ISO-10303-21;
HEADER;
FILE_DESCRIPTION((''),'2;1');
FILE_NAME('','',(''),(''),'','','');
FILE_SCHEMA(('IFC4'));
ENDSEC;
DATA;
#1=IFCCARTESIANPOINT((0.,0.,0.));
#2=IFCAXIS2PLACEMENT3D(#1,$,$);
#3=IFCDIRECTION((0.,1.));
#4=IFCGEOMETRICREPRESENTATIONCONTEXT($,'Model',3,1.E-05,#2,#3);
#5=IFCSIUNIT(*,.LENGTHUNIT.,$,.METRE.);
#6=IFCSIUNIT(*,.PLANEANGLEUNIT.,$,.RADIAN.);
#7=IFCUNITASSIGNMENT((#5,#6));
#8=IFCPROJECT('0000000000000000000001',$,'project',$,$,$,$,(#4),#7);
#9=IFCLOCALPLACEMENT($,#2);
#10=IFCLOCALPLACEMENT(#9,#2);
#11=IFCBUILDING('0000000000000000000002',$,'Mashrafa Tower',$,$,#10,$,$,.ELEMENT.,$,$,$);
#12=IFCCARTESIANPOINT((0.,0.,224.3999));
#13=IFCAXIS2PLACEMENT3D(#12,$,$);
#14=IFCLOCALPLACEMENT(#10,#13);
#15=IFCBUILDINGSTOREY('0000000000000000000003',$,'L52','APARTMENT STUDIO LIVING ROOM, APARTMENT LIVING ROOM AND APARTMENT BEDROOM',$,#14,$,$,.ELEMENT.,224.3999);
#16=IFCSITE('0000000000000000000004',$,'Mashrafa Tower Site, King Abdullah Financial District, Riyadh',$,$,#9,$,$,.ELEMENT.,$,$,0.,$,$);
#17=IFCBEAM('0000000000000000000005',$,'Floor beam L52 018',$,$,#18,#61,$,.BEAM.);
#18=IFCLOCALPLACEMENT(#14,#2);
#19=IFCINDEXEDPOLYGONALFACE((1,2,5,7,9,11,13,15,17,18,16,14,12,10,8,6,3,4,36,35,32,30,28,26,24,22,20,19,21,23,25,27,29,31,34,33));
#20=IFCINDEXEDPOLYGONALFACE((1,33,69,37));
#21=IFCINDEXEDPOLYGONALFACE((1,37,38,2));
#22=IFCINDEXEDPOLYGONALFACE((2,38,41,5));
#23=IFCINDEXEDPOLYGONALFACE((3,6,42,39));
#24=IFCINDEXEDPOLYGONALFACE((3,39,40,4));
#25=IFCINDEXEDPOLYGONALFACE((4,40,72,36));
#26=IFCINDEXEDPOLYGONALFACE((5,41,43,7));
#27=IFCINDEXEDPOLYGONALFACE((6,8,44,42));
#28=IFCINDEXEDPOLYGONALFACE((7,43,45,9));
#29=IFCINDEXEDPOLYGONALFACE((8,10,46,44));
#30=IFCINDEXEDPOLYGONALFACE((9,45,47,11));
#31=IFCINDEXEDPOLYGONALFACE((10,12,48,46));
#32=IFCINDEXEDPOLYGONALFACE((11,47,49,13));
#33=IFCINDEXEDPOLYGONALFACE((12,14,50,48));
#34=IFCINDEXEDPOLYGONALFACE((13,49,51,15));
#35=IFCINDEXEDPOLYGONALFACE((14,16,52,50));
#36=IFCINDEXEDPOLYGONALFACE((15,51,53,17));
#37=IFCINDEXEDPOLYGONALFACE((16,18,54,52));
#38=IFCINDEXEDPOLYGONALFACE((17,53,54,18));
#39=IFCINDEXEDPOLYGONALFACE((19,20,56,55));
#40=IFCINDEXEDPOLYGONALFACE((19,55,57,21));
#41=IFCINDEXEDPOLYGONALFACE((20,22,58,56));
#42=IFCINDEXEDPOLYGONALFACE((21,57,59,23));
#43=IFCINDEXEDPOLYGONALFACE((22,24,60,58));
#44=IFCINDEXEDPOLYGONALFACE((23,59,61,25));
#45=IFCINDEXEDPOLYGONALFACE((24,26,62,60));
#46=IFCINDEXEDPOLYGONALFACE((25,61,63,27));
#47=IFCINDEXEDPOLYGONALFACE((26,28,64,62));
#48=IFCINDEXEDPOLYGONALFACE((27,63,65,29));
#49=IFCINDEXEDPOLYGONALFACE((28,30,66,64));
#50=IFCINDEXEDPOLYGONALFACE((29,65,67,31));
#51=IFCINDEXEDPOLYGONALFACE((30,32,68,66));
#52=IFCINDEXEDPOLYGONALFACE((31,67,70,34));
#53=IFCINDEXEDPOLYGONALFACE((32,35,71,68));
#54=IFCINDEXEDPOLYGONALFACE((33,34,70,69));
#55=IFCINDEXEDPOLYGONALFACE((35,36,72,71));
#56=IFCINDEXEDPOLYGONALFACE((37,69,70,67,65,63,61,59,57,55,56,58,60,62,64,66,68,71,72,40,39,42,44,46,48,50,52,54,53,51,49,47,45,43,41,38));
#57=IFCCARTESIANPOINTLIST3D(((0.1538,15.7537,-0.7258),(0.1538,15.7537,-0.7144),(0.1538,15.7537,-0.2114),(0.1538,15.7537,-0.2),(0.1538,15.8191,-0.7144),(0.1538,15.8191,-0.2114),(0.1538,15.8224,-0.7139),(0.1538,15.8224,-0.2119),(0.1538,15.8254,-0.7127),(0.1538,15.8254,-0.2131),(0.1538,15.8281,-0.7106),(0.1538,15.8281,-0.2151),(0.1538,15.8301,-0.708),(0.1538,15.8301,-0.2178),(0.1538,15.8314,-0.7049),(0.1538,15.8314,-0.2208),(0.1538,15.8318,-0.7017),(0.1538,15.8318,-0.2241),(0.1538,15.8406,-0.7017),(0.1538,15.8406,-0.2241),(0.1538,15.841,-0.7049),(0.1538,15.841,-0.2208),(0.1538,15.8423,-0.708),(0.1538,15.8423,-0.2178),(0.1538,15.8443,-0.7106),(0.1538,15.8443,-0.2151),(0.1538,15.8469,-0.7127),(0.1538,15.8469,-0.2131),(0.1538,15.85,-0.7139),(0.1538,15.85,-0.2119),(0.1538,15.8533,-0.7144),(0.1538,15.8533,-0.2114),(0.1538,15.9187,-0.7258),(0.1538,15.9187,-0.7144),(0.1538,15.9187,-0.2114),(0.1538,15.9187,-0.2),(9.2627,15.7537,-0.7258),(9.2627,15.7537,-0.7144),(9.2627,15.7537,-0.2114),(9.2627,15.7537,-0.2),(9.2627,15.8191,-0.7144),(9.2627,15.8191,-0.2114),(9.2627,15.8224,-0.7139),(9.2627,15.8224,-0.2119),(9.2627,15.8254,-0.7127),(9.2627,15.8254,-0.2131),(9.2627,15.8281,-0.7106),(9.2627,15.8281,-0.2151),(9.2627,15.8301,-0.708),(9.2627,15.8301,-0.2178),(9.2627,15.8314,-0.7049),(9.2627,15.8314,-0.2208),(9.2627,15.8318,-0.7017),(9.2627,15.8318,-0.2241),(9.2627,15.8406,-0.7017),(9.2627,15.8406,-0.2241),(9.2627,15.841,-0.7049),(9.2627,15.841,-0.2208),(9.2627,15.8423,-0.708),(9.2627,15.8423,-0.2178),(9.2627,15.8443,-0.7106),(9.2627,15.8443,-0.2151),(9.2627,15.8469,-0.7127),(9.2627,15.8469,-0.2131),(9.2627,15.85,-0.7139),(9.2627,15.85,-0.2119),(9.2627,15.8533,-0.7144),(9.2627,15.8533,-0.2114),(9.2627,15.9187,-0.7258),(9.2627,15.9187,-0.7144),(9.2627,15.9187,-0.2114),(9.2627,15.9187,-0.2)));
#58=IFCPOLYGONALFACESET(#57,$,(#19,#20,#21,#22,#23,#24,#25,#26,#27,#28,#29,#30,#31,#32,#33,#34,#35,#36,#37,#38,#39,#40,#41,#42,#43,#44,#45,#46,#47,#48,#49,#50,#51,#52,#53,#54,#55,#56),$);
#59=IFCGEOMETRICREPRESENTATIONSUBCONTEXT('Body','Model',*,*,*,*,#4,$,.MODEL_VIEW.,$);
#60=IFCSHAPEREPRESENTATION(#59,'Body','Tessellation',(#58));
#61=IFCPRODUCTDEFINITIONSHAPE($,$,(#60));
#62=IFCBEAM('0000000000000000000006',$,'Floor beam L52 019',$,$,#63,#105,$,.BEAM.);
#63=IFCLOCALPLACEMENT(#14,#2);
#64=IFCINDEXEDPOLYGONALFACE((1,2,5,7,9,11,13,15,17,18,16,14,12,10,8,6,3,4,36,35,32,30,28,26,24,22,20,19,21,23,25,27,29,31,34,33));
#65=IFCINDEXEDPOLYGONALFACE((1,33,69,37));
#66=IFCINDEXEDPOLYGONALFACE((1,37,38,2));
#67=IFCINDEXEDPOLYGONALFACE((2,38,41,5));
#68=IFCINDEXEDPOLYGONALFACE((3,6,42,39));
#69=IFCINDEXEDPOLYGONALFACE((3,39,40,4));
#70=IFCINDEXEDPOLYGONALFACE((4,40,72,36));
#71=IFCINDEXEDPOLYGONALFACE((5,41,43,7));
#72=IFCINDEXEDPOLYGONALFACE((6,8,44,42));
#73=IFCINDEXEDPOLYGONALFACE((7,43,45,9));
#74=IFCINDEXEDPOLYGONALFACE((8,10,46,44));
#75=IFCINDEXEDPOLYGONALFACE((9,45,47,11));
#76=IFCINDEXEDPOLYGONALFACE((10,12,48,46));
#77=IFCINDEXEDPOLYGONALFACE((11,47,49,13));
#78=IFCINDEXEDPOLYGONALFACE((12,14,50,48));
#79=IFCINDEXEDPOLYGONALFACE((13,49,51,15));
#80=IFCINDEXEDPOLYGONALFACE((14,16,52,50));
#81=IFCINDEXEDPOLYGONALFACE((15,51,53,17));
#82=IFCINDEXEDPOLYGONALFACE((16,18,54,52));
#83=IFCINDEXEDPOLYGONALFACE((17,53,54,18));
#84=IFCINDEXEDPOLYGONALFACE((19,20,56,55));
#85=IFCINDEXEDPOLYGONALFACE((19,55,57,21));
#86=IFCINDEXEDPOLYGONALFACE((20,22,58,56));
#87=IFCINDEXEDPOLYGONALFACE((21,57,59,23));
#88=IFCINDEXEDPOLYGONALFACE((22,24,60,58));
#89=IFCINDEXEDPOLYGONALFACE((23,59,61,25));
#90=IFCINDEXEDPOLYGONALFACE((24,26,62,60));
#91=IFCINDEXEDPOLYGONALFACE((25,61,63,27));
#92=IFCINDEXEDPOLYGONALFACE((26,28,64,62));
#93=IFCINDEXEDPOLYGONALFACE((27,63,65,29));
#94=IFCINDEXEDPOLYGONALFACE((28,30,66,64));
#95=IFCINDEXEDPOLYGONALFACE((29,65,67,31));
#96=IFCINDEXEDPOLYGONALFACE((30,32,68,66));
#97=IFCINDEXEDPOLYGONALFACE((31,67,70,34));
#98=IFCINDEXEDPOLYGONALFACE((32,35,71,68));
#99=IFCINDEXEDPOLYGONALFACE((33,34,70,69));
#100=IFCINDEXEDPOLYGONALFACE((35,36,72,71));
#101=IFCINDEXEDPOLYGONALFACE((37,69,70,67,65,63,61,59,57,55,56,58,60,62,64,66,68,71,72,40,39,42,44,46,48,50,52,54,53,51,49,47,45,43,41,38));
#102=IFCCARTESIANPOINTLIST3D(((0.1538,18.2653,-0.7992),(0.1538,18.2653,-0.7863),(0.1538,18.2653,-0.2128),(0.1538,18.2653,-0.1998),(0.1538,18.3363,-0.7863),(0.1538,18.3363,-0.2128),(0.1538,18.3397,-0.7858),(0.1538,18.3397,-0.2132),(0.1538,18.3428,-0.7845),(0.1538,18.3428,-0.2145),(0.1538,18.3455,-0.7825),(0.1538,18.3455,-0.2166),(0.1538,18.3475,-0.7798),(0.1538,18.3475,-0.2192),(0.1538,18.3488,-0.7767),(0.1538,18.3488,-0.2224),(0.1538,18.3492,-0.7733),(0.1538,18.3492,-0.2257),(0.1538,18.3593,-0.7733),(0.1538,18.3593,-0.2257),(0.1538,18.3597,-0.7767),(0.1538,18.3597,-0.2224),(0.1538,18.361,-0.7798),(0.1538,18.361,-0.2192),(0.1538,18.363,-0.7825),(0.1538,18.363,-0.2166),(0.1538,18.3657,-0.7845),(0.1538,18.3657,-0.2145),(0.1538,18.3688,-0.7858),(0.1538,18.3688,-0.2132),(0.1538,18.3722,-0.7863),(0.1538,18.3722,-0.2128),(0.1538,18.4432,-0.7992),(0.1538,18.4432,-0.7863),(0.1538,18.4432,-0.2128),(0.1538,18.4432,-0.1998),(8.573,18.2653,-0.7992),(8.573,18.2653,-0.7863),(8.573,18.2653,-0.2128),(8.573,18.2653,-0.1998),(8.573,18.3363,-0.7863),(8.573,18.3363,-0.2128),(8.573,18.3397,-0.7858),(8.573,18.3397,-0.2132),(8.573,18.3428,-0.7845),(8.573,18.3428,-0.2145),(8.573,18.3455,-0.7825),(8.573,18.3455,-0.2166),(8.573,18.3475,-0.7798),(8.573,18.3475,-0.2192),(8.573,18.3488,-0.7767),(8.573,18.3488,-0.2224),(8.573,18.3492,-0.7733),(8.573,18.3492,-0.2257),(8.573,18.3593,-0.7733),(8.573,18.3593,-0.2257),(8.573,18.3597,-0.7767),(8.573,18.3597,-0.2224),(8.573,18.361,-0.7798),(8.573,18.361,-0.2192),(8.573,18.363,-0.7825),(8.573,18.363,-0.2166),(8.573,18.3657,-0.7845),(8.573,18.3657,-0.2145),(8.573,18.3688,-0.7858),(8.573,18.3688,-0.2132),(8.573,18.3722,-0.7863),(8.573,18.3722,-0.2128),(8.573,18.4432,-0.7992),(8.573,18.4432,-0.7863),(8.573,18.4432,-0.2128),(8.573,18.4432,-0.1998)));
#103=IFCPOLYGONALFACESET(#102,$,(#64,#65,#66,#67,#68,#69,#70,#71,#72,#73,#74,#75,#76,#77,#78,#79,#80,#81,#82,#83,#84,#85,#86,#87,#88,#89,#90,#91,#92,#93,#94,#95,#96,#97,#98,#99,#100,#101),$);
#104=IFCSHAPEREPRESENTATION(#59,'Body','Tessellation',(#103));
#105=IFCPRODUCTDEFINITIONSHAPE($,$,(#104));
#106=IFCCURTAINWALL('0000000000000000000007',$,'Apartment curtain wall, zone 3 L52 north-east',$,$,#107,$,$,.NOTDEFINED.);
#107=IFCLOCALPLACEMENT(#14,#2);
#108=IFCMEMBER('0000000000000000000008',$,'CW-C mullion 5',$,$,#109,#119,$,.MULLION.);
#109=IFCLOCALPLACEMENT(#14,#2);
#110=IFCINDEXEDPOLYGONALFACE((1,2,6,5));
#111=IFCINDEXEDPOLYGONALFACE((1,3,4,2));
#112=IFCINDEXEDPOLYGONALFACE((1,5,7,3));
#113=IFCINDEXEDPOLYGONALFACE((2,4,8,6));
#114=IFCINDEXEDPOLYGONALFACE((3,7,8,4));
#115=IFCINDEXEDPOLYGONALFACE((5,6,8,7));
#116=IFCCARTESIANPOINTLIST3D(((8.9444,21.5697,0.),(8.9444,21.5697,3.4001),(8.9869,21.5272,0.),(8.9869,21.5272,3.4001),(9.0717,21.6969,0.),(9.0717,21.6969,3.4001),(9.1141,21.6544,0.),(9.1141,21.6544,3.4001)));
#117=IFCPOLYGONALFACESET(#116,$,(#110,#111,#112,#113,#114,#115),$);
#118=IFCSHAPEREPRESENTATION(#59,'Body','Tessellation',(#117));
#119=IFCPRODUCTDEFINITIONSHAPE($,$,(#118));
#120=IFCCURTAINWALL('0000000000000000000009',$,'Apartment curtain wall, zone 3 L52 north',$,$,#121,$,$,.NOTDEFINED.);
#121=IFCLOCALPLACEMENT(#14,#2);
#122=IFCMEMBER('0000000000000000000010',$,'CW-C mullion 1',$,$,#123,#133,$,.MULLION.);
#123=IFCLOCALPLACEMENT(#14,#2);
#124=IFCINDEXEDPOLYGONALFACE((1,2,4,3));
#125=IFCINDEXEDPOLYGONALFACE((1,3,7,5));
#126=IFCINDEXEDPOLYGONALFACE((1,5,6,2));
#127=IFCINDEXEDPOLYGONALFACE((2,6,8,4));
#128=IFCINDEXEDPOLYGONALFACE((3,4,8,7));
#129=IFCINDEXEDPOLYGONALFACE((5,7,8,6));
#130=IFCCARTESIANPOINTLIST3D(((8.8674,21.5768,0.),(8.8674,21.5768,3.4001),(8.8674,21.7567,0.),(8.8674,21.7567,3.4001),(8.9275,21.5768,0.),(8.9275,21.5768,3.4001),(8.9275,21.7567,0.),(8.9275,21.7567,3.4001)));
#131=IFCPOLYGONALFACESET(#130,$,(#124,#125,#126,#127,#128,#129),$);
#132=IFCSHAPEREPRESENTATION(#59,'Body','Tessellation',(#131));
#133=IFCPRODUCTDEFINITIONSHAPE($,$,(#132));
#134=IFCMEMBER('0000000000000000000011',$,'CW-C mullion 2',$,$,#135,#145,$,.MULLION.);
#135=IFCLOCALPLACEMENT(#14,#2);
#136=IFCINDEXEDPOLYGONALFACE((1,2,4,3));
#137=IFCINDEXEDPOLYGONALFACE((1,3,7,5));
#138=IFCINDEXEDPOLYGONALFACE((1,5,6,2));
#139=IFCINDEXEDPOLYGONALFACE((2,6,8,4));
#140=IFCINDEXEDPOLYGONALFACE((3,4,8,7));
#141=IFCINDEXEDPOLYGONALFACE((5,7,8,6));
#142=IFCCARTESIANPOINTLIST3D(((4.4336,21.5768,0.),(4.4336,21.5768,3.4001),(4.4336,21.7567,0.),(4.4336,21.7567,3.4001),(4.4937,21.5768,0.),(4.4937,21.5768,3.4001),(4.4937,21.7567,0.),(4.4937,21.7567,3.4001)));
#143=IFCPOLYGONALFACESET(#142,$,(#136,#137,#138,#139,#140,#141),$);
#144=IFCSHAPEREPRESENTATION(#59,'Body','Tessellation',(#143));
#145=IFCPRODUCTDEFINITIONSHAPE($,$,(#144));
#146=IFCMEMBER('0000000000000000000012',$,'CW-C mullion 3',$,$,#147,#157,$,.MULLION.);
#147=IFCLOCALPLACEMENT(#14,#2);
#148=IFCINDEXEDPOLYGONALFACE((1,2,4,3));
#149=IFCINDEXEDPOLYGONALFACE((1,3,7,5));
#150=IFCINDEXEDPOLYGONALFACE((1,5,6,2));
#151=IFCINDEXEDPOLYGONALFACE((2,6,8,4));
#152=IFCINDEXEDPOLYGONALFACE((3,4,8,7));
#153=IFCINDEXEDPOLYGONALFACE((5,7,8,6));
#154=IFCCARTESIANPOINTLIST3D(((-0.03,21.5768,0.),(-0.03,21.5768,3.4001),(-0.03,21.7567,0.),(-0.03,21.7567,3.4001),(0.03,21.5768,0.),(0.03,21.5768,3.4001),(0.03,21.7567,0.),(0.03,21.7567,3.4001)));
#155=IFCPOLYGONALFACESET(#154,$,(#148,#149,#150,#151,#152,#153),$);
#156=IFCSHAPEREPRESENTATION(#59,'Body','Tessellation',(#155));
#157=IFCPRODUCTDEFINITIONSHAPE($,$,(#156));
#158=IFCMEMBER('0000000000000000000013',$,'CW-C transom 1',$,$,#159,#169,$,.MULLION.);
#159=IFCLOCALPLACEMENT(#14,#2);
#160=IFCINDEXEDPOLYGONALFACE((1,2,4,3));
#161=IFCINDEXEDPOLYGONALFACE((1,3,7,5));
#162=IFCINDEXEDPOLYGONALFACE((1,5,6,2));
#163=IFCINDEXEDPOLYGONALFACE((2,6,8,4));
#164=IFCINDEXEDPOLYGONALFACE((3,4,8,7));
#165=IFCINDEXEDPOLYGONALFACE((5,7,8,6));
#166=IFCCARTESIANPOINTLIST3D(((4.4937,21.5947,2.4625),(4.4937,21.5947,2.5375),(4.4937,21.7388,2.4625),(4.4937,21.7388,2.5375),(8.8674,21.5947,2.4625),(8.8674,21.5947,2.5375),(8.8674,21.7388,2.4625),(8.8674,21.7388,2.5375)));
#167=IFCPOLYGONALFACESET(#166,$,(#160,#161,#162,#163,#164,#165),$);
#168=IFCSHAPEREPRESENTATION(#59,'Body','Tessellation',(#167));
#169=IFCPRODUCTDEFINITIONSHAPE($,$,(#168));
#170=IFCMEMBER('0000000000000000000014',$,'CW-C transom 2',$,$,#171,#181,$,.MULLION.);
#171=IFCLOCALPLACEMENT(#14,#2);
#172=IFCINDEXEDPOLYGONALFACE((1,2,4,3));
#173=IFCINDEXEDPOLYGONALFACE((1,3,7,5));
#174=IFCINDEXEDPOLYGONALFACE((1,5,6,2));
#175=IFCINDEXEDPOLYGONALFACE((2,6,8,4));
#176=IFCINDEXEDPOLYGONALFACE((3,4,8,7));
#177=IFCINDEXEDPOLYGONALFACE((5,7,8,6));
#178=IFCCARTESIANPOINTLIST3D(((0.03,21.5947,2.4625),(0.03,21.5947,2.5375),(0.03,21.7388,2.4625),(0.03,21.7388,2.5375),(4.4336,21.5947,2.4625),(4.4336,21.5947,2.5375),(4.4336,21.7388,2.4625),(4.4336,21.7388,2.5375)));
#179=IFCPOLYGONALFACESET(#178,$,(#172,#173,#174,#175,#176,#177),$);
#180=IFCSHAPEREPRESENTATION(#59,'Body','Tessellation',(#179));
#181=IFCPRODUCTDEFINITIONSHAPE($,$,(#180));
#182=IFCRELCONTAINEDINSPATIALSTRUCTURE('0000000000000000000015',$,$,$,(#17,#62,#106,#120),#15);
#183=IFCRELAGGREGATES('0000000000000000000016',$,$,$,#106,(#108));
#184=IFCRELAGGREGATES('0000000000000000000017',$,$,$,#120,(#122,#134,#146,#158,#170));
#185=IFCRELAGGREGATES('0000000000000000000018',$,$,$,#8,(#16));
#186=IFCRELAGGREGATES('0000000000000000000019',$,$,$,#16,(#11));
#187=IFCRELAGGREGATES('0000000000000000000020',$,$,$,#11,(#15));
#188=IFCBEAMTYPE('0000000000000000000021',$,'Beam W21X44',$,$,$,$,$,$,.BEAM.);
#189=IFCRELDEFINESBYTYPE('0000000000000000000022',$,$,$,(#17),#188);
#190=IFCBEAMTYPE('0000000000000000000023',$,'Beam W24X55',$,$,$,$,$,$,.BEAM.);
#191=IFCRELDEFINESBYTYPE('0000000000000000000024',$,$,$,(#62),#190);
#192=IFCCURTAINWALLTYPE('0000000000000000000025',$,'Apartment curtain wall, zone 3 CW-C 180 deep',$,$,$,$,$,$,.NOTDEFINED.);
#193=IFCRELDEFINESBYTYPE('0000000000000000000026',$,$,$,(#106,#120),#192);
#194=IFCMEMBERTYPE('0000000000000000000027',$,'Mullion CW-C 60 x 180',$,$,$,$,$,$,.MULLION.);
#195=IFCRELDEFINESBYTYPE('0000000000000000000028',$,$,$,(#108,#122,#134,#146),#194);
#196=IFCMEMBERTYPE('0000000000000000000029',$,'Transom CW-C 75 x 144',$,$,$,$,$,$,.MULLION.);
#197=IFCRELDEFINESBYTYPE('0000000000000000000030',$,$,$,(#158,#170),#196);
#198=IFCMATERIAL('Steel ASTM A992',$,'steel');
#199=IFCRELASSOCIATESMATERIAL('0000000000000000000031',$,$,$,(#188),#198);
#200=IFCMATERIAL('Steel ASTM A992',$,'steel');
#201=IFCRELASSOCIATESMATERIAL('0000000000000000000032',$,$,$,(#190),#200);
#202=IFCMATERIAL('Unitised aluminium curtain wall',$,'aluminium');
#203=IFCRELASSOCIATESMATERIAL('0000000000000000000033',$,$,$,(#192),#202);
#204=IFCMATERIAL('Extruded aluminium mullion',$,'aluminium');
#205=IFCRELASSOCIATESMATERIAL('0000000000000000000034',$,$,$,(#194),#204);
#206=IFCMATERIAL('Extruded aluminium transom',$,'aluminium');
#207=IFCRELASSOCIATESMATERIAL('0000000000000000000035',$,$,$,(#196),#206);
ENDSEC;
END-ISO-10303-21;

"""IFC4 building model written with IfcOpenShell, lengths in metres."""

from ifc_helpers import new_model, si_unit, direction, frame, origin, origin_2d, place, context, subcontext, project, spatial, rectangle, i_section, extrude, source, transform, mapped, material, material_profile, profile_set, type_object, type_shapes, element, aggregate, save


model = new_model("IFC4")

# Units and contexts
model_context = context("Model", 3, precision=1e-05, world=origin(), true_north=direction((0.0, 1.0)))
body_context = subcontext(model_context, "Body", "Model", "MODEL_VIEW")
ifc_project = project(units=[si_unit("LENGTHUNIT", "METRE"), si_unit("PLANEANGLEUNIT", "RADIAN")], contexts=[model_context])

# Site, building, storey
site_placement = place(None, origin())
site = spatial("IfcSite", under=ifc_project, at=site_placement, Name="Mashrafa Tower Site, King Abdullah Financial District, Riyadh", CompositionType="ELEMENT", RefElevation=0.0)
building_placement = place(site_placement, origin())
building = spatial("IfcBuilding", under=site, at=building_placement, Name="Mashrafa Tower", CompositionType="ELEMENT")
storey_placement = place(building_placement, frame((0.0, 0.0, 224.3999)))
storey = spatial("IfcBuildingStorey", under=building, at=storey_placement, Name="L52", Description="APARTMENT STUDIO LIVING ROOM, APARTMENT LIVING ROOM AND APARTMENT BEDROOM", CompositionType="ELEMENT", Elevation=224.3999)

# Beams
ifc_material_1 = material(Name="Steel ASTM A992", Category="steel")
ifc_material_profile_1 = material_profile(ifc_material_1, i_section(OverallWidth=0.165, OverallDepth=0.5259, WebThickness=0.0088, FlangeThickness=0.0115, FilletRadius=0.0127, at=origin_2d()), Name="W21X44")
ifc_profile_set_1 = profile_set([ifc_material_profile_1], Name="Steel ASTM A992")
beam_type_1 = type_object("IfcBeamType", Name="Beam W21X44", PredefinedType="BEAM", material=ifc_profile_set_1)
beam_1_placement = place(storey_placement, frame((0.1538, 15.8362, -0.4629), z_axis=(1.0, 0.0, 0.0), x_axis=(0.0, 1.0, 0.0)))
element("IfcBeam", 1, at=beam_1_placement, inside=storey, type_object=beam_type_1, Name="Floor beam L52 018", PredefinedType="BEAM", context=body_context, shape_type="SweptSolid", body=[
    extrude(i_section(OverallWidth=0.165, OverallDepth=0.5259, WebThickness=0.0088, FlangeThickness=0.0115, FilletRadius=0.0127, at=origin_2d()), origin(), (0.0, 0.0, 1.0), 9.1089),
])
ifc_material_2 = material(Name="Steel ASTM A992", Category="steel")
ifc_material_profile_2 = material_profile(ifc_material_2, i_section(OverallWidth=0.178, OverallDepth=0.5994, WebThickness=0.01, FlangeThickness=0.0129, FilletRadius=0.0129, at=origin_2d()), Name="W24X55")
ifc_profile_set_2 = profile_set([ifc_material_profile_2], Name="Steel ASTM A992")
beam_type_2 = type_object("IfcBeamType", Name="Beam W24X55", PredefinedType="BEAM", material=ifc_profile_set_2)
beam_2_placement = place(storey_placement, frame((0.1538, 18.3542, -0.4995), z_axis=(1.0, 0.0, 0.0), x_axis=(0.0, 1.0, 0.0)))
element("IfcBeam", 2, at=beam_2_placement, inside=storey, type_object=beam_type_2, Name="Floor beam L52 019", PredefinedType="BEAM", context=body_context, shape_type="SweptSolid", body=[
    extrude(i_section(OverallWidth=0.178, OverallDepth=0.5994, WebThickness=0.01, FlangeThickness=0.0129, FilletRadius=0.0129, at=origin_2d()), origin(), (0.0, 0.0, 1.0), 8.4192),
])

# Curtain wall, member
ifc_material_3 = material(Name="Unitised aluminium curtain wall", Category="aluminium")
curtain_wall_type = type_object("IfcCurtainWallType", Name="Apartment curtain wall, zone 3 CW-C 180 deep", PredefinedType="NOTDEFINED", material=ifc_material_3)
curtain_wall_1_placement = place(storey_placement, origin())
curtain_wall_1 = element("IfcCurtainWall", 3, at=curtain_wall_1_placement, inside=storey, type_object=curtain_wall_type, Name="Apartment curtain wall, zone 3 L52 north-east", PredefinedType="NOTDEFINED")
ifc_material_4 = material(Name="Extruded aluminium mullion", Category="aluminium")
ifc_material_profile_3 = material_profile(ifc_material_4, rectangle(XDim=0.1799, YDim=0.0601, at=origin_2d()), Name="Mullion 60x180")
ifc_profile_set_3 = profile_set([ifc_material_profile_3], Name="Extruded aluminium mullion")
member_type_1 = type_object("IfcMemberType", Name="Mullion CW-C 60 x 180", PredefinedType="MULLION", material=ifc_profile_set_3)
shared_shape_1 = source(origin(), body_context, "Body", "SweptSolid", [
    extrude(rectangle(XDim=0.1799, YDim=0.0601, at=origin_2d()), origin(), (0.0, 0.0, 1.0), 3.4001),
])
type_shapes(member_type_1, [shared_shape_1])
member_1_placement = place(storey_placement, frame((9.0293, 21.6121, 0.0), z_axis=(0.0, 0.0, 1.0), x_axis=(-0.707107, -0.707107, 0.0)))
member_1 = element("IfcMember", 4, at=member_1_placement, type_object=member_type_1, Name="CW-C mullion 5", PredefinedType="MULLION", context=body_context, shape_type="MappedRepresentation", body=[
    mapped(shared_shape_1, transform((0.0, 0.0, 0.0))),
])

# Curtain wall, members
curtain_wall_2_placement = place(storey_placement, origin())
curtain_wall_2 = element("IfcCurtainWall", 5, at=curtain_wall_2_placement, inside=storey, type_object=curtain_wall_type, Name="Apartment curtain wall, zone 3 L52 north", PredefinedType="NOTDEFINED")
member_2_placement = place(storey_placement, frame((8.8975, 21.6667, 0.0), z_axis=(0.0, 0.0, 1.0), x_axis=(0.0, -1.0, 0.0)))
member_2 = element("IfcMember", 6, at=member_2_placement, type_object=member_type_1, Name="CW-C mullion 1", PredefinedType="MULLION", context=body_context, shape_type="MappedRepresentation", body=[
    mapped(shared_shape_1, transform((0.0, 0.0, 0.0))),
])
member_3_placement = place(storey_placement, frame((4.4636, 21.6667, 0.0), z_axis=(0.0, 0.0, 1.0), x_axis=(0.0, -1.0, 0.0)))
member_3 = element("IfcMember", 7, at=member_3_placement, type_object=member_type_1, Name="CW-C mullion 2", PredefinedType="MULLION", context=body_context, shape_type="MappedRepresentation", body=[
    mapped(shared_shape_1, transform((0.0, 0.0, 0.0))),
])
member_4_placement = place(storey_placement, frame((0.0, 21.6667, 0.0), z_axis=(0.0, 0.0, 1.0), x_axis=(0.0, -1.0, 0.0)))
member_4 = element("IfcMember", 8, at=member_4_placement, type_object=member_type_1, Name="CW-C mullion 3", PredefinedType="MULLION", context=body_context, shape_type="MappedRepresentation", body=[
    mapped(shared_shape_1, transform((0.0, 0.0, 0.0))),
])
ifc_material_5 = material(Name="Extruded aluminium transom", Category="aluminium")
ifc_material_profile_4 = material_profile(ifc_material_5, rectangle(XDim=0.144, YDim=0.075, at=origin_2d()), Name="Transom 75x144")
ifc_profile_set_4 = profile_set([ifc_material_profile_4], Name="Extruded aluminium transom")
member_type_2 = type_object("IfcMemberType", Name="Transom CW-C 75 x 144", PredefinedType="MULLION", material=ifc_profile_set_4)
shared_shape_2 = source(origin(), body_context, "Body", "SweptSolid", [
    extrude(rectangle(XDim=0.144, YDim=0.075, at=origin_2d()), origin(), (0.0, 0.0, 1.0), 4.3738),
])
member_5_placement = place(storey_placement, frame((8.8674, 21.6667, 2.5), z_axis=(-1.0, 0.0, 0.0), x_axis=(0.0, -1.0, 0.0)))
member_5 = element("IfcMember", 9, at=member_5_placement, type_object=member_type_2, Name="CW-C transom 1", PredefinedType="MULLION", context=body_context, shape_type="MappedRepresentation", body=[
    mapped(shared_shape_2, transform((0.0, 0.0, 0.0))),
])
shared_shape_3 = source(origin(), body_context, "Body", "SweptSolid", [
    extrude(rectangle(XDim=0.144, YDim=0.075, at=origin_2d()), origin(), (0.0, 0.0, 1.0), 4.4036),
])
type_shapes(member_type_2, [shared_shape_2, shared_shape_3])
member_6_placement = place(storey_placement, frame((4.4336, 21.6667, 2.5), z_axis=(-1.0, 0.0, 0.0), x_axis=(0.0, -1.0, 0.0)))
member_6 = element("IfcMember", 10, at=member_6_placement, type_object=member_type_2, Name="CW-C transom 2", PredefinedType="MULLION", context=body_context, shape_type="MappedRepresentation", body=[
    mapped(shared_shape_3, transform((0.0, 0.0, 0.0))),
])

aggregate(curtain_wall_1, [member_1])
aggregate(curtain_wall_2, [member_2, member_3, member_4, member_5, member_6])

save(model, "model.ifc")
